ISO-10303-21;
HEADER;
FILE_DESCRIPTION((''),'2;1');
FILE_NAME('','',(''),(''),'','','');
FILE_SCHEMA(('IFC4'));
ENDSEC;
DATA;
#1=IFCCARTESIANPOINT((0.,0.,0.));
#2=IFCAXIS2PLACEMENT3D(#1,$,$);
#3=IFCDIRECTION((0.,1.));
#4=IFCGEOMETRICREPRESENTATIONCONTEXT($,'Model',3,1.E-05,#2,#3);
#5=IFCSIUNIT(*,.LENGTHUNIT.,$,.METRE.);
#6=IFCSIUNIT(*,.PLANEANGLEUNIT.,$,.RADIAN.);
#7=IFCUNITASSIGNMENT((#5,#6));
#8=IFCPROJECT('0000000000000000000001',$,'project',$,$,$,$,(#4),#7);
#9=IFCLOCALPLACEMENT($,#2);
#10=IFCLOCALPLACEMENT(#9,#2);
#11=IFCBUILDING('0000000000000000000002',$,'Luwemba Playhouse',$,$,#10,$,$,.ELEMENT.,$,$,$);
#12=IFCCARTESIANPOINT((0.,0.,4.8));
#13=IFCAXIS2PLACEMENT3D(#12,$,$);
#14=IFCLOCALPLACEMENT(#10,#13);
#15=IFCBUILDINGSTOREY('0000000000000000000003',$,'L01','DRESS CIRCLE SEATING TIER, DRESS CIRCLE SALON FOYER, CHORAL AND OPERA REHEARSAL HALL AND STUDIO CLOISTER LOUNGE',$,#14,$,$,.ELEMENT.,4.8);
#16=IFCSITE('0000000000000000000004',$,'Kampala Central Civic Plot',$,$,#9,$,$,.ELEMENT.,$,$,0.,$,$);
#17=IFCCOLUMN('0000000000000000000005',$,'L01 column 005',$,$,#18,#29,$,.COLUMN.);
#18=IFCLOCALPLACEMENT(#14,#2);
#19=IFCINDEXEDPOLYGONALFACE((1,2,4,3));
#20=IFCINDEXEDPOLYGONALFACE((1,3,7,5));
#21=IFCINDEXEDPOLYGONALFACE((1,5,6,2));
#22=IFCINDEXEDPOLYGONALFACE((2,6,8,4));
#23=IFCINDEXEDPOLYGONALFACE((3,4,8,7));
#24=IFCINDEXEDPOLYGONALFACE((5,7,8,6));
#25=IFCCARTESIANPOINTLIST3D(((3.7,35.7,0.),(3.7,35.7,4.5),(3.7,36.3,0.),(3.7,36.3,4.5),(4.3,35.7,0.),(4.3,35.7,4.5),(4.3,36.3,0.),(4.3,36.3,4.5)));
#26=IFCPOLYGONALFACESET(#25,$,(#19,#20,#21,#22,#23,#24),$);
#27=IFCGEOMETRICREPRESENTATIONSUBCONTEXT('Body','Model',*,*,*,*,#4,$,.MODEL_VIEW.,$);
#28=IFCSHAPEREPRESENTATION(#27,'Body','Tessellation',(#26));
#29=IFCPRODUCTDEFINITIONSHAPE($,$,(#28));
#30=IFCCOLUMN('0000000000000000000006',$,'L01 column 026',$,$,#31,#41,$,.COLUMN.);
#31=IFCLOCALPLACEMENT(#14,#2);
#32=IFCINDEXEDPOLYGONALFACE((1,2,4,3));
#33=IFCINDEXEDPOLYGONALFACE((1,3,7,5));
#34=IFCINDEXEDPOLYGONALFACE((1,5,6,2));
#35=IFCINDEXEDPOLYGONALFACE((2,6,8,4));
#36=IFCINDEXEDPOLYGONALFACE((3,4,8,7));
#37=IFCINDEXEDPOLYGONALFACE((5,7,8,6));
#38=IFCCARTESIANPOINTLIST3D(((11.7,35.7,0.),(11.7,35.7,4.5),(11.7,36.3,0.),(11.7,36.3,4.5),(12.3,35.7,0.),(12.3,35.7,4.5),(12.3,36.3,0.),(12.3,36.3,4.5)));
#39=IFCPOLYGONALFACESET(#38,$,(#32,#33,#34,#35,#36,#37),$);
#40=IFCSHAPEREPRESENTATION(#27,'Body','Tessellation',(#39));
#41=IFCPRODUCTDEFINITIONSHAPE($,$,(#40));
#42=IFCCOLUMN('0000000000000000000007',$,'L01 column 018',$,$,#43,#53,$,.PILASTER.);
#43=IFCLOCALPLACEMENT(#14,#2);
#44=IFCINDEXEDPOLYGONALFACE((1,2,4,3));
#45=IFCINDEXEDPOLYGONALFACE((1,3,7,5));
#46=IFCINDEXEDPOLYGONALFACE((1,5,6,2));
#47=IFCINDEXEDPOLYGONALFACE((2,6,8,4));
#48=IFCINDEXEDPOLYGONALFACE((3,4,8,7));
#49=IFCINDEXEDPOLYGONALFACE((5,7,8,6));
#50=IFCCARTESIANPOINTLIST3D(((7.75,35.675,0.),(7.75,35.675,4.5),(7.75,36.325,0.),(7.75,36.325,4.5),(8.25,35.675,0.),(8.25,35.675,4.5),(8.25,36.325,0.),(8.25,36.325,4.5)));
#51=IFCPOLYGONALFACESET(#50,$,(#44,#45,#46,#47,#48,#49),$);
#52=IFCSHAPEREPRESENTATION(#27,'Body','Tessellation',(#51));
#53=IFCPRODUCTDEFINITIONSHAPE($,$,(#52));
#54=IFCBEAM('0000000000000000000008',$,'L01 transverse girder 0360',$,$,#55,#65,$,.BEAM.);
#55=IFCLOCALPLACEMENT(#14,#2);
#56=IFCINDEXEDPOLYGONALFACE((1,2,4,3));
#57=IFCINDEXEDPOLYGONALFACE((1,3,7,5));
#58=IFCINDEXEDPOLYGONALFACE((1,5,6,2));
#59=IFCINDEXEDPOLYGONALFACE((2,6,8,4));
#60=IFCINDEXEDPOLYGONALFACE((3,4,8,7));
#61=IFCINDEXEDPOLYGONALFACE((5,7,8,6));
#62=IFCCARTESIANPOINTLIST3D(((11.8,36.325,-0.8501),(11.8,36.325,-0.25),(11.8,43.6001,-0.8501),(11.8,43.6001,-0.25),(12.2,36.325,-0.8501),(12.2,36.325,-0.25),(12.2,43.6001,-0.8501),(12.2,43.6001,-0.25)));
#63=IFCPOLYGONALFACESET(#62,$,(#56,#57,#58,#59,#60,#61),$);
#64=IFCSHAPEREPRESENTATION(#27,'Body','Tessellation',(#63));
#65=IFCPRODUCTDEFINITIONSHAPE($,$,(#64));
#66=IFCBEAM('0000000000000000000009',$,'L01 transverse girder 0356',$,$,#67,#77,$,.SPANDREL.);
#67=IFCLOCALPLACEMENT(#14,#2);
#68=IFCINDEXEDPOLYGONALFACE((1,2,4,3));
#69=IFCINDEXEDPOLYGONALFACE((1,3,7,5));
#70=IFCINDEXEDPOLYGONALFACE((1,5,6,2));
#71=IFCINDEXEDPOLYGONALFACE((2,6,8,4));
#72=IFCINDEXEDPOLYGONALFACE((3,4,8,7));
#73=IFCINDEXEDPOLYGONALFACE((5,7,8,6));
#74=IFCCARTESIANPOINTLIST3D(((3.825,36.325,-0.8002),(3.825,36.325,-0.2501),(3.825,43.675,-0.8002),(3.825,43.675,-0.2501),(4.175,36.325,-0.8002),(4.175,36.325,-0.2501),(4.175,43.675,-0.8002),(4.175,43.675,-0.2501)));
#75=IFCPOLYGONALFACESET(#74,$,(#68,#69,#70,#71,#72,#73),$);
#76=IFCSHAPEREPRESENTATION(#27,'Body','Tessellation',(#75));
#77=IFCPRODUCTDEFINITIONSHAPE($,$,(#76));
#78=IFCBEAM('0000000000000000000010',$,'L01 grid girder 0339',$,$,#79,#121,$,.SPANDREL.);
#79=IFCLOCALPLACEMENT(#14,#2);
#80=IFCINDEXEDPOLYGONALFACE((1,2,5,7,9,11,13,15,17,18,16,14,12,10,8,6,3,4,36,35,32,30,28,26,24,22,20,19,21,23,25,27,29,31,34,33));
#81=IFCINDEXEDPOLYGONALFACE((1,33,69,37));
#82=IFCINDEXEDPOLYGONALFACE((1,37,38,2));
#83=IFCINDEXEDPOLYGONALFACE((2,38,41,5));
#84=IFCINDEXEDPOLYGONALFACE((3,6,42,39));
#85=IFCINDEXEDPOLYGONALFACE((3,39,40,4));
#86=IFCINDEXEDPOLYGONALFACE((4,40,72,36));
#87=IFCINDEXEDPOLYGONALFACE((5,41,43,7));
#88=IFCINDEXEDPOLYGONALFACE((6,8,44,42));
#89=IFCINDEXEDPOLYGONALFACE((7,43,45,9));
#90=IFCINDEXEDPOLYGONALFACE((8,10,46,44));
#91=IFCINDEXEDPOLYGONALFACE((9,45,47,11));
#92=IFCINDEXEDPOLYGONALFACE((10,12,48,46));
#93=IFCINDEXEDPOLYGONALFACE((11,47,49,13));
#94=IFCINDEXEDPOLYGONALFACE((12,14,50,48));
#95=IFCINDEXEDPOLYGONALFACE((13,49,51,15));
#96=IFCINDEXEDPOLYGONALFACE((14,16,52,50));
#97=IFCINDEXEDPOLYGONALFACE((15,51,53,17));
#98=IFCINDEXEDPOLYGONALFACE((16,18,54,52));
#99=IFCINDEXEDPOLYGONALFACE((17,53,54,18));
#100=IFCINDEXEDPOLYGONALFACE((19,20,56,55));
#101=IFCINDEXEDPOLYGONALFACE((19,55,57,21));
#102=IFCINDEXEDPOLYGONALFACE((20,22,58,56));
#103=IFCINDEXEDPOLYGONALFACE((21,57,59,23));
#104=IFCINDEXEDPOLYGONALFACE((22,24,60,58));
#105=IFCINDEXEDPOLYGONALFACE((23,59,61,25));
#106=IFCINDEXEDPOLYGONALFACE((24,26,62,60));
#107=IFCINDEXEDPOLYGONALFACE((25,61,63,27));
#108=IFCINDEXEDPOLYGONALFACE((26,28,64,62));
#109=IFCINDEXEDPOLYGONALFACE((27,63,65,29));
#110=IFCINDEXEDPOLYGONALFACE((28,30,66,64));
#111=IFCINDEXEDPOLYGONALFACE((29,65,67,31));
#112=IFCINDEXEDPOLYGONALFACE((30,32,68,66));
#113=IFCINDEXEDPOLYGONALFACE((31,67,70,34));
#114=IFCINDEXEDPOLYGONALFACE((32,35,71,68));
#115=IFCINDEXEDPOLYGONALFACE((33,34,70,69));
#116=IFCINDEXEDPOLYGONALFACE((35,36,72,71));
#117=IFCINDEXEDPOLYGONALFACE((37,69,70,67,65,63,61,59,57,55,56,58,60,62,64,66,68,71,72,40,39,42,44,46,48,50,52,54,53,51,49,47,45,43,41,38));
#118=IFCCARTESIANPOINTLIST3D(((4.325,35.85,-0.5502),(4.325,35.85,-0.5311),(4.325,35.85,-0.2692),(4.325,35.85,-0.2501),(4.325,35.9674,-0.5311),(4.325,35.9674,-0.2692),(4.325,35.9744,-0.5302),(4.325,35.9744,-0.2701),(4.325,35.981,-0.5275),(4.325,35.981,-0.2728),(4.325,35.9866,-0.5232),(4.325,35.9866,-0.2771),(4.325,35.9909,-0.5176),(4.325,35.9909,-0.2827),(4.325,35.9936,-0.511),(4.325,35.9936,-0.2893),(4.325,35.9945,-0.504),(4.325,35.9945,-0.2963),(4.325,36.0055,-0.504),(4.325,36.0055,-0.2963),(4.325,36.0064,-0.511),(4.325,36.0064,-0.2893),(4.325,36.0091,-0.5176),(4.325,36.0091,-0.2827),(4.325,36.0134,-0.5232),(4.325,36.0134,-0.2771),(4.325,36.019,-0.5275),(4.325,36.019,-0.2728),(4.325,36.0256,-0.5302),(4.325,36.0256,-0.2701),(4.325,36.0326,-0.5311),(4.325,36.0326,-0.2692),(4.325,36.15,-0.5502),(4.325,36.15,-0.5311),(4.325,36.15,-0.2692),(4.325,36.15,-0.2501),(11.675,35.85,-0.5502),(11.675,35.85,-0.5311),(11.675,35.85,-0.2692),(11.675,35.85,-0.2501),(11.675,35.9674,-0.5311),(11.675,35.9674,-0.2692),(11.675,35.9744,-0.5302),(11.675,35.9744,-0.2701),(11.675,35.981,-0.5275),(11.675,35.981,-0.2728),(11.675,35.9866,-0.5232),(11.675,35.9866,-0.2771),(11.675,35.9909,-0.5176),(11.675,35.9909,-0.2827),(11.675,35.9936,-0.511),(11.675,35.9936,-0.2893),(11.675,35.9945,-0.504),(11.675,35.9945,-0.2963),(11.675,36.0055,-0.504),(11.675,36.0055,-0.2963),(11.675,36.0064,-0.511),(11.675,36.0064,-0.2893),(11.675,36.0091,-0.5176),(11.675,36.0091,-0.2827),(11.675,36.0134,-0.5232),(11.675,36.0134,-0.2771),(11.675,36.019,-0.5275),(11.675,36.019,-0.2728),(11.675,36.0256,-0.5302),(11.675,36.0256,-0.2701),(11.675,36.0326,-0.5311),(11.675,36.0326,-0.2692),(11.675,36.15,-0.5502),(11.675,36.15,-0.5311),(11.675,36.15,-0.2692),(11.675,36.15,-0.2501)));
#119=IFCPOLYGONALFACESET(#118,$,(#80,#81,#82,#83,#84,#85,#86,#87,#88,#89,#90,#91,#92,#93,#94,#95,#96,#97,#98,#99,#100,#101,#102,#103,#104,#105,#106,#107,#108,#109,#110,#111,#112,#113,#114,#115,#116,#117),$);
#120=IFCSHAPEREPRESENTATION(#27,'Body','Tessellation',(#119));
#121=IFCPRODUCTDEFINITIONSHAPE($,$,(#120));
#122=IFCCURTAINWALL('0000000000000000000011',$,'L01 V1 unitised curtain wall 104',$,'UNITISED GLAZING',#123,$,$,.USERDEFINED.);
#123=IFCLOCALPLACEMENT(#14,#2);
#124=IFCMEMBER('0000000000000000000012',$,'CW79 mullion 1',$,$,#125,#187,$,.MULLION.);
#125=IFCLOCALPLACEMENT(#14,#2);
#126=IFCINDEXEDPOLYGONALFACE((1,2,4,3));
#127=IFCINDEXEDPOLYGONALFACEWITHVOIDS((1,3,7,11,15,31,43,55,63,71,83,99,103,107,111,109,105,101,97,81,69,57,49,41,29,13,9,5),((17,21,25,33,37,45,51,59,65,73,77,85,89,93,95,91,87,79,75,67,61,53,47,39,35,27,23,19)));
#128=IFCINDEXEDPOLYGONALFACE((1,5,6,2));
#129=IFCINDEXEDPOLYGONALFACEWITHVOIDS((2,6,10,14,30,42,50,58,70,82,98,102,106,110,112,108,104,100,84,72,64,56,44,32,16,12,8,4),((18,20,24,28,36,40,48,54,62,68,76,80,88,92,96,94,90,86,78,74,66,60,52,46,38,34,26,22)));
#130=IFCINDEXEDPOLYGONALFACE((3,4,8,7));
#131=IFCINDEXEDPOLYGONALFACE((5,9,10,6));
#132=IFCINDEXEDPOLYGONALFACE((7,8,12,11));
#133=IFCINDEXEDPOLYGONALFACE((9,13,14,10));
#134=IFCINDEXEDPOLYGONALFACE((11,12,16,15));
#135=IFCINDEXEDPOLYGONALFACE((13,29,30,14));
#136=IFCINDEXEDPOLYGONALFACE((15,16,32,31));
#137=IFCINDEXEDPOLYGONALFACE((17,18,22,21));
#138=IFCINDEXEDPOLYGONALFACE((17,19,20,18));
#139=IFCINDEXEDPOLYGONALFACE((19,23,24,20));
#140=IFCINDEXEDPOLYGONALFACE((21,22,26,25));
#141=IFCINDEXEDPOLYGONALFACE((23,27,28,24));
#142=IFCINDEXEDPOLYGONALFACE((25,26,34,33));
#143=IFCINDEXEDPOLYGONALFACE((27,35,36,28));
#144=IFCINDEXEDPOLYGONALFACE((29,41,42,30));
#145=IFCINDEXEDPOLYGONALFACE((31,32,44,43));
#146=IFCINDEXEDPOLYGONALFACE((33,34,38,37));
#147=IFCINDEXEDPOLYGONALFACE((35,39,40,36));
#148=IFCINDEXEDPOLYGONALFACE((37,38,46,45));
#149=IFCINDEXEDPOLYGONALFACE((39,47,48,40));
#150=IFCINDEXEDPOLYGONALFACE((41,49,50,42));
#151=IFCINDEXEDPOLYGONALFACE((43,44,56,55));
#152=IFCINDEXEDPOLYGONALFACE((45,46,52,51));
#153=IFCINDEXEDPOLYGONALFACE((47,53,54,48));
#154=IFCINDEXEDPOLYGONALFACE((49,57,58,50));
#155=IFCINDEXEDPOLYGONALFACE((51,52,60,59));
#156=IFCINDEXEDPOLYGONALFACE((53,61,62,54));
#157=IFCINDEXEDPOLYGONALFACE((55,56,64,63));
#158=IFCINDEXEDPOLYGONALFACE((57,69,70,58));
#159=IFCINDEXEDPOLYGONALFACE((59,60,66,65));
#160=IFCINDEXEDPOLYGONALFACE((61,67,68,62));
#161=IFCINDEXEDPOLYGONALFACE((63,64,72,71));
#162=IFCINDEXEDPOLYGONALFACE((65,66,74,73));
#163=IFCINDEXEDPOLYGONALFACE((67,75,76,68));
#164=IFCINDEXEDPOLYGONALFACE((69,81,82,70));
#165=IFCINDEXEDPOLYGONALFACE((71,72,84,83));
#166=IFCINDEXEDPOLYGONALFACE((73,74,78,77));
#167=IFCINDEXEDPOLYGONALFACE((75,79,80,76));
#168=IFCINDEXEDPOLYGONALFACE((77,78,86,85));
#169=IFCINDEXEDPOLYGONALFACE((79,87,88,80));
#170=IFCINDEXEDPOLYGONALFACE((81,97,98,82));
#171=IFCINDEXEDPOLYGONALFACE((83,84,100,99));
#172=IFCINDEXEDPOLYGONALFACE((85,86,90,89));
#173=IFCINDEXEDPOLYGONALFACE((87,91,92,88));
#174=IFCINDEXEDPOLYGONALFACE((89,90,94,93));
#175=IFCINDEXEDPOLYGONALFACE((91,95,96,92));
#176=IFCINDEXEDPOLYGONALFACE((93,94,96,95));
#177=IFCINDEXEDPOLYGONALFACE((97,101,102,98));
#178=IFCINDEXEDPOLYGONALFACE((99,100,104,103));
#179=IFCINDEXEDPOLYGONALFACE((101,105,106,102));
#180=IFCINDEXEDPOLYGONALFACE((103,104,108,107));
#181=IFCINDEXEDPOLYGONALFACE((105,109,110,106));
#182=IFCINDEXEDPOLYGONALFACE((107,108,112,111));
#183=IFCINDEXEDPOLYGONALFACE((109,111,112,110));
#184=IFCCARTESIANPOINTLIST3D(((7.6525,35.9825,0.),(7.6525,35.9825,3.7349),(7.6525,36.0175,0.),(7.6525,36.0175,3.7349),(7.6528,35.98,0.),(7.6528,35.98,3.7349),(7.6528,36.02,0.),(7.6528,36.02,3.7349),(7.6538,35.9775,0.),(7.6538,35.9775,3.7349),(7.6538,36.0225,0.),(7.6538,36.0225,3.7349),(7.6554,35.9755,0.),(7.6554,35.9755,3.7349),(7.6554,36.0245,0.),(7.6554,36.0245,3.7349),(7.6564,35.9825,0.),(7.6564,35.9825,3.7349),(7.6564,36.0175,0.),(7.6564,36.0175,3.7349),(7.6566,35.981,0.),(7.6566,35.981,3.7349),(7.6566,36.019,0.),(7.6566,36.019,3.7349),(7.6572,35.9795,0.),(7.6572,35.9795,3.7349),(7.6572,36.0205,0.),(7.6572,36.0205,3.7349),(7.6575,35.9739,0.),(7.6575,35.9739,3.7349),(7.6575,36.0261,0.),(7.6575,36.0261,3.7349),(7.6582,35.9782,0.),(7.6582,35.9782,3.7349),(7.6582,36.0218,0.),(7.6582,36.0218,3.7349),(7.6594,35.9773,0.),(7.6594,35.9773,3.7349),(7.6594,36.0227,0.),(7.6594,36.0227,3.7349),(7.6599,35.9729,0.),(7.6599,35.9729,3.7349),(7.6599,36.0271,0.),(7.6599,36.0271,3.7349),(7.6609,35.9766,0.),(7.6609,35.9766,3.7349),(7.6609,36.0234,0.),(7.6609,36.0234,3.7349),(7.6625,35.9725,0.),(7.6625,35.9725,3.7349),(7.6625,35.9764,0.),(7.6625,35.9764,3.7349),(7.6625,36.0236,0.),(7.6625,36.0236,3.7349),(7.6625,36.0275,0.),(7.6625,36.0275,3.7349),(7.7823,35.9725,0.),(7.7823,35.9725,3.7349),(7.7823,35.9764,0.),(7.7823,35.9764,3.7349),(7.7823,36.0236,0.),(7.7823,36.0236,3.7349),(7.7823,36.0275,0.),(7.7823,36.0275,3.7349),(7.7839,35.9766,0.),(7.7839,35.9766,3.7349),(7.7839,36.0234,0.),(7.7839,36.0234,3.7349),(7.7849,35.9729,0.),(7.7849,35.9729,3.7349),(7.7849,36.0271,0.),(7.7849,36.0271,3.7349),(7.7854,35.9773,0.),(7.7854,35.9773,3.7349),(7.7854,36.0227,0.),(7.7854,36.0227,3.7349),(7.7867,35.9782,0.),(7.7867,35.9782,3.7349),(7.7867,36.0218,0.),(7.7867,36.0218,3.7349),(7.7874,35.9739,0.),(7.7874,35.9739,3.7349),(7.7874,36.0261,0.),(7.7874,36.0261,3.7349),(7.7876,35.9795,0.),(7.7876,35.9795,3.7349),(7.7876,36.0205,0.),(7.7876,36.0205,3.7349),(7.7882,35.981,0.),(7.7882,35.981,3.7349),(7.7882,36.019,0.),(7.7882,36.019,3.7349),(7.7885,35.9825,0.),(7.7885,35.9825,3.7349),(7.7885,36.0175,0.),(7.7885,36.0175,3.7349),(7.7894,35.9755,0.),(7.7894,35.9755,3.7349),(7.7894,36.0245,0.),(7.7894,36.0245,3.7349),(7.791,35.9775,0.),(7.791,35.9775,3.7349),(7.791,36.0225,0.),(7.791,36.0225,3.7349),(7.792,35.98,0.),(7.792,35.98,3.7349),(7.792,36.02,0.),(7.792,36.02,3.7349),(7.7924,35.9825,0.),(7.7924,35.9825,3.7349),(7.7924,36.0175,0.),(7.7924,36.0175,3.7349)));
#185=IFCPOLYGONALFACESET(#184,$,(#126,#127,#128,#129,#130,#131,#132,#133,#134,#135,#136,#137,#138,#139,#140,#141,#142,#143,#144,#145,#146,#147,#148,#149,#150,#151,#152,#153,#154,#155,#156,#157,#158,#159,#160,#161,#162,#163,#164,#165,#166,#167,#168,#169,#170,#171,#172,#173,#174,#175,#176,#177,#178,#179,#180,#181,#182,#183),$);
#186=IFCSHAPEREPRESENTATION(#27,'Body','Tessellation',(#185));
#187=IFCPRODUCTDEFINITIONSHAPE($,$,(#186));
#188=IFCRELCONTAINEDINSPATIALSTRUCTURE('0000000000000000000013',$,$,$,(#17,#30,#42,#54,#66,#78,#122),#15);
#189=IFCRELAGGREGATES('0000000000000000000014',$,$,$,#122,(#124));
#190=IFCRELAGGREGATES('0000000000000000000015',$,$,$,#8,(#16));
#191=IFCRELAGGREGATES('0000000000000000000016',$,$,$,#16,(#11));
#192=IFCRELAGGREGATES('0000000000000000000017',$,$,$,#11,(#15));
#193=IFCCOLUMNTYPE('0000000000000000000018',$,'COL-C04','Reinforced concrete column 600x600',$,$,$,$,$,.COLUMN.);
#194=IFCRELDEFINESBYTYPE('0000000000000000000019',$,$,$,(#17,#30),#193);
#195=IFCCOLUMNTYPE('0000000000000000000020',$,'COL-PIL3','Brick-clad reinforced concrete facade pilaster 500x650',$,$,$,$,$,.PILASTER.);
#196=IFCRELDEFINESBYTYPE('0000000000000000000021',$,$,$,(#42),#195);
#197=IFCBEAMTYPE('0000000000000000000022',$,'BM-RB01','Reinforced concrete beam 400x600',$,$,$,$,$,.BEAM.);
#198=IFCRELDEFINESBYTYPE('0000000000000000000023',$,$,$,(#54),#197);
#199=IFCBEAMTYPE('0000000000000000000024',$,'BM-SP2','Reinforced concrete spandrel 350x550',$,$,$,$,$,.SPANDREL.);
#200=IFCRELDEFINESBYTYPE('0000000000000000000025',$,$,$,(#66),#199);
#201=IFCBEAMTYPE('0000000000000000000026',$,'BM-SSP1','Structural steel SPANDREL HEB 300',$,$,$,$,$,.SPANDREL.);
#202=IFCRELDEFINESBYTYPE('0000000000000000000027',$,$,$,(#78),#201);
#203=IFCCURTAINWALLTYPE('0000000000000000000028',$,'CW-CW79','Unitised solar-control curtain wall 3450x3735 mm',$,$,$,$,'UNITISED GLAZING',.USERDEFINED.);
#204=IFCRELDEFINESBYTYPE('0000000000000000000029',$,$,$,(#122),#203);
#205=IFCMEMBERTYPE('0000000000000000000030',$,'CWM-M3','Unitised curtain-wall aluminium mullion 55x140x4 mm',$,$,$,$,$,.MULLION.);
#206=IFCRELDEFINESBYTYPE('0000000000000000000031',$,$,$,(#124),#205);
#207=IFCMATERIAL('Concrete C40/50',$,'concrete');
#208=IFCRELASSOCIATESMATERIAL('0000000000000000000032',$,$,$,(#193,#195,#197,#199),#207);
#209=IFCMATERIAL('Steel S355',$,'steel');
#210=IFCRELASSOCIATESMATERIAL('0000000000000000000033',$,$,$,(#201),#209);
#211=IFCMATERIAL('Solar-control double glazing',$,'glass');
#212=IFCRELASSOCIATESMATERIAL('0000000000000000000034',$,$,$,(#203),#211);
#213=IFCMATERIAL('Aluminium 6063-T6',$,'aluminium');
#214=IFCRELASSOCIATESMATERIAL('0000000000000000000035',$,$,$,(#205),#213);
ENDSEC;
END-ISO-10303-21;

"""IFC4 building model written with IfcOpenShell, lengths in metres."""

from ifc_helpers import new_model, si_unit, direction, frame, origin, origin_2d, place, context, subcontext, project, spatial, rectangle, hollow_rectangle, i_section, extrude, material, material_profile, profile_set, type_object, element, aggregate, save


model = new_model("IFC4")

# Units and contexts
model_context = context("Model", 3, precision=1e-05, world=origin(), true_north=direction((0.0, 1.0)))
body_context = subcontext(model_context, "Body", "Model", "MODEL_VIEW")
ifc_project = project(units=[si_unit("LENGTHUNIT", "METRE"), si_unit("PLANEANGLEUNIT", "RADIAN")], contexts=[model_context])

# Site, building, storey
site_placement = place(None, origin())
site = spatial("IfcSite", under=ifc_project, at=site_placement, Name="Kampala Central Civic Plot", CompositionType="ELEMENT", RefElevation=0.0)
building_placement = place(site_placement, origin())
building = spatial("IfcBuilding", under=site, at=building_placement, Name="Luwemba Playhouse", CompositionType="ELEMENT")
storey_placement = place(building_placement, frame((0.0, 0.0, 4.8)))
storey = spatial("IfcBuildingStorey", under=building, at=storey_placement, Name="L01", Description="DRESS CIRCLE SEATING TIER, DRESS CIRCLE SALON FOYER, CHORAL AND OPERA REHEARSAL HALL AND STUDIO CLOISTER LOUNGE", CompositionType="ELEMENT", Elevation=4.8)

# Columns
ifc_material_1 = material(Name="Concrete C40/50", Category="concrete")
ifc_material_profile_1 = material_profile(ifc_material_1, rectangle(XDim=0.6001, YDim=0.6001, at=origin_2d()))
ifc_profile_set_1 = profile_set([ifc_material_profile_1], Name="Concrete C40/50")
column_type_1 = type_object("IfcColumnType", Name="COL-C04", Description="Reinforced concrete column 600x600", PredefinedType="COLUMN", material=ifc_profile_set_1)
for number, where, z_axis, x_axis, name in (
    (1, (4.0, 36.0, 0.0), (0.0, 0.0, 1.0), (1.0, 0.0, 0.0), "L01 column 005"),
    (2, (12.0, 36.0, 0.0), (0.0, 0.0, 1.0), (1.0, 0.0, 0.0), "L01 column 026"),
):
    element("IfcColumn", number, at=place(storey_placement, frame(where, z_axis=z_axis, x_axis=x_axis)), inside=storey, type_object=column_type_1, Name=name, PredefinedType="COLUMN", context=body_context, shape_type="SweptSolid", body=[
        extrude(rectangle(XDim=0.6001, YDim=0.6001, at=origin_2d()), origin(), (0.0, 0.0, 1.0), 4.5),
    ])
ifc_material_profile_2 = material_profile(ifc_material_1, rectangle(XDim=0.5, YDim=0.6499, at=origin_2d()))
ifc_profile_set_2 = profile_set([ifc_material_profile_2], Name="Concrete C40/50")
column_type_2 = type_object("IfcColumnType", Name="COL-PIL3", Description="Brick-clad reinforced concrete facade pilaster 500x650", PredefinedType="PILASTER", material=ifc_profile_set_2)
column_placement = place(storey_placement, frame((8.0, 36.0, 0.0), z_axis=(0.0, 0.0, 1.0), x_axis=(1.0, 0.0, 0.0)))
element("IfcColumn", 3, at=column_placement, inside=storey, type_object=column_type_2, Name="L01 column 018", PredefinedType="PILASTER", context=body_context, shape_type="SweptSolid", body=[
    extrude(rectangle(XDim=0.5, YDim=0.6499, at=origin_2d()), origin(), (0.0, 0.0, 1.0), 4.5),
])

# Beams
ifc_material_profile_3 = material_profile(ifc_material_1, rectangle(XDim=0.3999, YDim=0.6001, at=origin_2d()))
ifc_profile_set_3 = profile_set([ifc_material_profile_3], Name="Concrete C40/50")
beam_type_1 = type_object("IfcBeamType", Name="BM-RB01", Description="Reinforced concrete beam 400x600", PredefinedType="BEAM", material=ifc_profile_set_3)
beam_1_placement = place(storey_placement, frame((12.0, 36.325, -0.55), z_axis=(0.0, 1.0, 0.0), x_axis=(-1.0, 0.0, 0.0)))
element("IfcBeam", 4, at=beam_1_placement, inside=storey, type_object=beam_type_1, Name="L01 transverse girder 0360", PredefinedType="BEAM", context=body_context, shape_type="SweptSolid", body=[
    extrude(rectangle(XDim=0.3999, YDim=0.6001, at=origin_2d()), origin(), (0.0, 0.0, 1.0), 7.2751),
])
ifc_material_profile_4 = material_profile(ifc_material_1, rectangle(XDim=0.3501, YDim=0.55, at=origin_2d()))
ifc_profile_set_4 = profile_set([ifc_material_profile_4], Name="Concrete C40/50")
beam_type_2 = type_object("IfcBeamType", Name="BM-SP2", Description="Reinforced concrete spandrel 350x550", PredefinedType="SPANDREL", material=ifc_profile_set_4)
beam_2_placement = place(storey_placement, frame((4.0, 36.325, -0.5251), z_axis=(0.0, 1.0, 0.0), x_axis=(-1.0, 0.0, 0.0)))
element("IfcBeam", 5, at=beam_2_placement, inside=storey, type_object=beam_type_2, Name="L01 transverse girder 0356", PredefinedType="SPANDREL", context=body_context, shape_type="SweptSolid", body=[
    extrude(rectangle(XDim=0.3501, YDim=0.55, at=origin_2d()), origin(), (0.0, 0.0, 1.0), 7.3501),
])
ifc_material_2 = material(Name="Steel S355", Category="steel")
ifc_material_profile_5 = material_profile(ifc_material_2, i_section(OverallWidth=0.3, OverallDepth=0.3, WebThickness=0.011, FlangeThickness=0.019, FilletRadius=0.0271, at=origin_2d()))
ifc_profile_set_5 = profile_set([ifc_material_profile_5], Name="Steel S355")
beam_type_3 = type_object("IfcBeamType", Name="BM-SSP1", Description="Structural steel SPANDREL HEB 300", PredefinedType="SPANDREL", material=ifc_profile_set_5)
beam_3_placement = place(storey_placement, frame((4.325, 36.0, -0.4001), z_axis=(1.0, 0.0, 0.0), x_axis=(0.0, 1.0, 0.0)))
element("IfcBeam", 6, at=beam_3_placement, inside=storey, type_object=beam_type_3, Name="L01 grid girder 0339", PredefinedType="SPANDREL", context=body_context, shape_type="SweptSolid", body=[
    extrude(i_section(OverallWidth=0.3, OverallDepth=0.3, WebThickness=0.011, FlangeThickness=0.019, FilletRadius=0.0271, at=origin_2d()), origin(), (0.0, 0.0, 1.0), 7.3501),
])

# Curtain wall, member
ifc_material_3 = material(Name="Solar-control double glazing", Category="glass")
curtain_wall_type = type_object("IfcCurtainWallType", Name="CW-CW79", Description="Unitised solar-control curtain wall 3450x3735 mm", ElementType="UNITISED GLAZING", PredefinedType="USERDEFINED", material=ifc_material_3)
curtain_wall_placement = place(storey_placement, origin())
curtain_wall = element("IfcCurtainWall", 7, at=curtain_wall_placement, inside=storey, type_object=curtain_wall_type, Name="L01 V1 unitised curtain wall 104", ObjectType="UNITISED GLAZING", PredefinedType="USERDEFINED")
ifc_material_4 = material(Name="Aluminium 6063-T6", Category="aluminium")
ifc_material_profile_6 = material_profile(ifc_material_4, hollow_rectangle(XDim=0.0549, YDim=0.1399, WallThickness=0.0039, InnerFilletRadius=0.0061, OuterFilletRadius=0.01, at=origin_2d()))
ifc_profile_set_6 = profile_set([ifc_material_profile_6], Name="Aluminium 6063-T6")
member_type_1 = type_object("IfcMemberType", Name="CWM-M3", Description="Unitised curtain-wall aluminium mullion 55x140x4 mm", PredefinedType="MULLION", material=ifc_profile_set_6)
member_1_placement = place(storey_placement, frame((7.7224, 36.0, 0.0), z_axis=(0.0, 0.0, 1.0), x_axis=(0.0, -1.0, 0.0)))
member_1 = element("IfcMember", 8, at=member_1_placement, type_object=member_type_1, Name="CW79 mullion 1", PredefinedType="MULLION", context=body_context, shape_type="SweptSolid", body=[
    extrude(hollow_rectangle(XDim=0.0549, YDim=0.1399, WallThickness=0.0039, InnerFilletRadius=0.0061, OuterFilletRadius=0.01, at=origin_2d()), origin(), (0.0, 0.0, 1.0), 3.7349),
])
aggregate(curtain_wall, [member_1])

save(model, "model.ifc")
